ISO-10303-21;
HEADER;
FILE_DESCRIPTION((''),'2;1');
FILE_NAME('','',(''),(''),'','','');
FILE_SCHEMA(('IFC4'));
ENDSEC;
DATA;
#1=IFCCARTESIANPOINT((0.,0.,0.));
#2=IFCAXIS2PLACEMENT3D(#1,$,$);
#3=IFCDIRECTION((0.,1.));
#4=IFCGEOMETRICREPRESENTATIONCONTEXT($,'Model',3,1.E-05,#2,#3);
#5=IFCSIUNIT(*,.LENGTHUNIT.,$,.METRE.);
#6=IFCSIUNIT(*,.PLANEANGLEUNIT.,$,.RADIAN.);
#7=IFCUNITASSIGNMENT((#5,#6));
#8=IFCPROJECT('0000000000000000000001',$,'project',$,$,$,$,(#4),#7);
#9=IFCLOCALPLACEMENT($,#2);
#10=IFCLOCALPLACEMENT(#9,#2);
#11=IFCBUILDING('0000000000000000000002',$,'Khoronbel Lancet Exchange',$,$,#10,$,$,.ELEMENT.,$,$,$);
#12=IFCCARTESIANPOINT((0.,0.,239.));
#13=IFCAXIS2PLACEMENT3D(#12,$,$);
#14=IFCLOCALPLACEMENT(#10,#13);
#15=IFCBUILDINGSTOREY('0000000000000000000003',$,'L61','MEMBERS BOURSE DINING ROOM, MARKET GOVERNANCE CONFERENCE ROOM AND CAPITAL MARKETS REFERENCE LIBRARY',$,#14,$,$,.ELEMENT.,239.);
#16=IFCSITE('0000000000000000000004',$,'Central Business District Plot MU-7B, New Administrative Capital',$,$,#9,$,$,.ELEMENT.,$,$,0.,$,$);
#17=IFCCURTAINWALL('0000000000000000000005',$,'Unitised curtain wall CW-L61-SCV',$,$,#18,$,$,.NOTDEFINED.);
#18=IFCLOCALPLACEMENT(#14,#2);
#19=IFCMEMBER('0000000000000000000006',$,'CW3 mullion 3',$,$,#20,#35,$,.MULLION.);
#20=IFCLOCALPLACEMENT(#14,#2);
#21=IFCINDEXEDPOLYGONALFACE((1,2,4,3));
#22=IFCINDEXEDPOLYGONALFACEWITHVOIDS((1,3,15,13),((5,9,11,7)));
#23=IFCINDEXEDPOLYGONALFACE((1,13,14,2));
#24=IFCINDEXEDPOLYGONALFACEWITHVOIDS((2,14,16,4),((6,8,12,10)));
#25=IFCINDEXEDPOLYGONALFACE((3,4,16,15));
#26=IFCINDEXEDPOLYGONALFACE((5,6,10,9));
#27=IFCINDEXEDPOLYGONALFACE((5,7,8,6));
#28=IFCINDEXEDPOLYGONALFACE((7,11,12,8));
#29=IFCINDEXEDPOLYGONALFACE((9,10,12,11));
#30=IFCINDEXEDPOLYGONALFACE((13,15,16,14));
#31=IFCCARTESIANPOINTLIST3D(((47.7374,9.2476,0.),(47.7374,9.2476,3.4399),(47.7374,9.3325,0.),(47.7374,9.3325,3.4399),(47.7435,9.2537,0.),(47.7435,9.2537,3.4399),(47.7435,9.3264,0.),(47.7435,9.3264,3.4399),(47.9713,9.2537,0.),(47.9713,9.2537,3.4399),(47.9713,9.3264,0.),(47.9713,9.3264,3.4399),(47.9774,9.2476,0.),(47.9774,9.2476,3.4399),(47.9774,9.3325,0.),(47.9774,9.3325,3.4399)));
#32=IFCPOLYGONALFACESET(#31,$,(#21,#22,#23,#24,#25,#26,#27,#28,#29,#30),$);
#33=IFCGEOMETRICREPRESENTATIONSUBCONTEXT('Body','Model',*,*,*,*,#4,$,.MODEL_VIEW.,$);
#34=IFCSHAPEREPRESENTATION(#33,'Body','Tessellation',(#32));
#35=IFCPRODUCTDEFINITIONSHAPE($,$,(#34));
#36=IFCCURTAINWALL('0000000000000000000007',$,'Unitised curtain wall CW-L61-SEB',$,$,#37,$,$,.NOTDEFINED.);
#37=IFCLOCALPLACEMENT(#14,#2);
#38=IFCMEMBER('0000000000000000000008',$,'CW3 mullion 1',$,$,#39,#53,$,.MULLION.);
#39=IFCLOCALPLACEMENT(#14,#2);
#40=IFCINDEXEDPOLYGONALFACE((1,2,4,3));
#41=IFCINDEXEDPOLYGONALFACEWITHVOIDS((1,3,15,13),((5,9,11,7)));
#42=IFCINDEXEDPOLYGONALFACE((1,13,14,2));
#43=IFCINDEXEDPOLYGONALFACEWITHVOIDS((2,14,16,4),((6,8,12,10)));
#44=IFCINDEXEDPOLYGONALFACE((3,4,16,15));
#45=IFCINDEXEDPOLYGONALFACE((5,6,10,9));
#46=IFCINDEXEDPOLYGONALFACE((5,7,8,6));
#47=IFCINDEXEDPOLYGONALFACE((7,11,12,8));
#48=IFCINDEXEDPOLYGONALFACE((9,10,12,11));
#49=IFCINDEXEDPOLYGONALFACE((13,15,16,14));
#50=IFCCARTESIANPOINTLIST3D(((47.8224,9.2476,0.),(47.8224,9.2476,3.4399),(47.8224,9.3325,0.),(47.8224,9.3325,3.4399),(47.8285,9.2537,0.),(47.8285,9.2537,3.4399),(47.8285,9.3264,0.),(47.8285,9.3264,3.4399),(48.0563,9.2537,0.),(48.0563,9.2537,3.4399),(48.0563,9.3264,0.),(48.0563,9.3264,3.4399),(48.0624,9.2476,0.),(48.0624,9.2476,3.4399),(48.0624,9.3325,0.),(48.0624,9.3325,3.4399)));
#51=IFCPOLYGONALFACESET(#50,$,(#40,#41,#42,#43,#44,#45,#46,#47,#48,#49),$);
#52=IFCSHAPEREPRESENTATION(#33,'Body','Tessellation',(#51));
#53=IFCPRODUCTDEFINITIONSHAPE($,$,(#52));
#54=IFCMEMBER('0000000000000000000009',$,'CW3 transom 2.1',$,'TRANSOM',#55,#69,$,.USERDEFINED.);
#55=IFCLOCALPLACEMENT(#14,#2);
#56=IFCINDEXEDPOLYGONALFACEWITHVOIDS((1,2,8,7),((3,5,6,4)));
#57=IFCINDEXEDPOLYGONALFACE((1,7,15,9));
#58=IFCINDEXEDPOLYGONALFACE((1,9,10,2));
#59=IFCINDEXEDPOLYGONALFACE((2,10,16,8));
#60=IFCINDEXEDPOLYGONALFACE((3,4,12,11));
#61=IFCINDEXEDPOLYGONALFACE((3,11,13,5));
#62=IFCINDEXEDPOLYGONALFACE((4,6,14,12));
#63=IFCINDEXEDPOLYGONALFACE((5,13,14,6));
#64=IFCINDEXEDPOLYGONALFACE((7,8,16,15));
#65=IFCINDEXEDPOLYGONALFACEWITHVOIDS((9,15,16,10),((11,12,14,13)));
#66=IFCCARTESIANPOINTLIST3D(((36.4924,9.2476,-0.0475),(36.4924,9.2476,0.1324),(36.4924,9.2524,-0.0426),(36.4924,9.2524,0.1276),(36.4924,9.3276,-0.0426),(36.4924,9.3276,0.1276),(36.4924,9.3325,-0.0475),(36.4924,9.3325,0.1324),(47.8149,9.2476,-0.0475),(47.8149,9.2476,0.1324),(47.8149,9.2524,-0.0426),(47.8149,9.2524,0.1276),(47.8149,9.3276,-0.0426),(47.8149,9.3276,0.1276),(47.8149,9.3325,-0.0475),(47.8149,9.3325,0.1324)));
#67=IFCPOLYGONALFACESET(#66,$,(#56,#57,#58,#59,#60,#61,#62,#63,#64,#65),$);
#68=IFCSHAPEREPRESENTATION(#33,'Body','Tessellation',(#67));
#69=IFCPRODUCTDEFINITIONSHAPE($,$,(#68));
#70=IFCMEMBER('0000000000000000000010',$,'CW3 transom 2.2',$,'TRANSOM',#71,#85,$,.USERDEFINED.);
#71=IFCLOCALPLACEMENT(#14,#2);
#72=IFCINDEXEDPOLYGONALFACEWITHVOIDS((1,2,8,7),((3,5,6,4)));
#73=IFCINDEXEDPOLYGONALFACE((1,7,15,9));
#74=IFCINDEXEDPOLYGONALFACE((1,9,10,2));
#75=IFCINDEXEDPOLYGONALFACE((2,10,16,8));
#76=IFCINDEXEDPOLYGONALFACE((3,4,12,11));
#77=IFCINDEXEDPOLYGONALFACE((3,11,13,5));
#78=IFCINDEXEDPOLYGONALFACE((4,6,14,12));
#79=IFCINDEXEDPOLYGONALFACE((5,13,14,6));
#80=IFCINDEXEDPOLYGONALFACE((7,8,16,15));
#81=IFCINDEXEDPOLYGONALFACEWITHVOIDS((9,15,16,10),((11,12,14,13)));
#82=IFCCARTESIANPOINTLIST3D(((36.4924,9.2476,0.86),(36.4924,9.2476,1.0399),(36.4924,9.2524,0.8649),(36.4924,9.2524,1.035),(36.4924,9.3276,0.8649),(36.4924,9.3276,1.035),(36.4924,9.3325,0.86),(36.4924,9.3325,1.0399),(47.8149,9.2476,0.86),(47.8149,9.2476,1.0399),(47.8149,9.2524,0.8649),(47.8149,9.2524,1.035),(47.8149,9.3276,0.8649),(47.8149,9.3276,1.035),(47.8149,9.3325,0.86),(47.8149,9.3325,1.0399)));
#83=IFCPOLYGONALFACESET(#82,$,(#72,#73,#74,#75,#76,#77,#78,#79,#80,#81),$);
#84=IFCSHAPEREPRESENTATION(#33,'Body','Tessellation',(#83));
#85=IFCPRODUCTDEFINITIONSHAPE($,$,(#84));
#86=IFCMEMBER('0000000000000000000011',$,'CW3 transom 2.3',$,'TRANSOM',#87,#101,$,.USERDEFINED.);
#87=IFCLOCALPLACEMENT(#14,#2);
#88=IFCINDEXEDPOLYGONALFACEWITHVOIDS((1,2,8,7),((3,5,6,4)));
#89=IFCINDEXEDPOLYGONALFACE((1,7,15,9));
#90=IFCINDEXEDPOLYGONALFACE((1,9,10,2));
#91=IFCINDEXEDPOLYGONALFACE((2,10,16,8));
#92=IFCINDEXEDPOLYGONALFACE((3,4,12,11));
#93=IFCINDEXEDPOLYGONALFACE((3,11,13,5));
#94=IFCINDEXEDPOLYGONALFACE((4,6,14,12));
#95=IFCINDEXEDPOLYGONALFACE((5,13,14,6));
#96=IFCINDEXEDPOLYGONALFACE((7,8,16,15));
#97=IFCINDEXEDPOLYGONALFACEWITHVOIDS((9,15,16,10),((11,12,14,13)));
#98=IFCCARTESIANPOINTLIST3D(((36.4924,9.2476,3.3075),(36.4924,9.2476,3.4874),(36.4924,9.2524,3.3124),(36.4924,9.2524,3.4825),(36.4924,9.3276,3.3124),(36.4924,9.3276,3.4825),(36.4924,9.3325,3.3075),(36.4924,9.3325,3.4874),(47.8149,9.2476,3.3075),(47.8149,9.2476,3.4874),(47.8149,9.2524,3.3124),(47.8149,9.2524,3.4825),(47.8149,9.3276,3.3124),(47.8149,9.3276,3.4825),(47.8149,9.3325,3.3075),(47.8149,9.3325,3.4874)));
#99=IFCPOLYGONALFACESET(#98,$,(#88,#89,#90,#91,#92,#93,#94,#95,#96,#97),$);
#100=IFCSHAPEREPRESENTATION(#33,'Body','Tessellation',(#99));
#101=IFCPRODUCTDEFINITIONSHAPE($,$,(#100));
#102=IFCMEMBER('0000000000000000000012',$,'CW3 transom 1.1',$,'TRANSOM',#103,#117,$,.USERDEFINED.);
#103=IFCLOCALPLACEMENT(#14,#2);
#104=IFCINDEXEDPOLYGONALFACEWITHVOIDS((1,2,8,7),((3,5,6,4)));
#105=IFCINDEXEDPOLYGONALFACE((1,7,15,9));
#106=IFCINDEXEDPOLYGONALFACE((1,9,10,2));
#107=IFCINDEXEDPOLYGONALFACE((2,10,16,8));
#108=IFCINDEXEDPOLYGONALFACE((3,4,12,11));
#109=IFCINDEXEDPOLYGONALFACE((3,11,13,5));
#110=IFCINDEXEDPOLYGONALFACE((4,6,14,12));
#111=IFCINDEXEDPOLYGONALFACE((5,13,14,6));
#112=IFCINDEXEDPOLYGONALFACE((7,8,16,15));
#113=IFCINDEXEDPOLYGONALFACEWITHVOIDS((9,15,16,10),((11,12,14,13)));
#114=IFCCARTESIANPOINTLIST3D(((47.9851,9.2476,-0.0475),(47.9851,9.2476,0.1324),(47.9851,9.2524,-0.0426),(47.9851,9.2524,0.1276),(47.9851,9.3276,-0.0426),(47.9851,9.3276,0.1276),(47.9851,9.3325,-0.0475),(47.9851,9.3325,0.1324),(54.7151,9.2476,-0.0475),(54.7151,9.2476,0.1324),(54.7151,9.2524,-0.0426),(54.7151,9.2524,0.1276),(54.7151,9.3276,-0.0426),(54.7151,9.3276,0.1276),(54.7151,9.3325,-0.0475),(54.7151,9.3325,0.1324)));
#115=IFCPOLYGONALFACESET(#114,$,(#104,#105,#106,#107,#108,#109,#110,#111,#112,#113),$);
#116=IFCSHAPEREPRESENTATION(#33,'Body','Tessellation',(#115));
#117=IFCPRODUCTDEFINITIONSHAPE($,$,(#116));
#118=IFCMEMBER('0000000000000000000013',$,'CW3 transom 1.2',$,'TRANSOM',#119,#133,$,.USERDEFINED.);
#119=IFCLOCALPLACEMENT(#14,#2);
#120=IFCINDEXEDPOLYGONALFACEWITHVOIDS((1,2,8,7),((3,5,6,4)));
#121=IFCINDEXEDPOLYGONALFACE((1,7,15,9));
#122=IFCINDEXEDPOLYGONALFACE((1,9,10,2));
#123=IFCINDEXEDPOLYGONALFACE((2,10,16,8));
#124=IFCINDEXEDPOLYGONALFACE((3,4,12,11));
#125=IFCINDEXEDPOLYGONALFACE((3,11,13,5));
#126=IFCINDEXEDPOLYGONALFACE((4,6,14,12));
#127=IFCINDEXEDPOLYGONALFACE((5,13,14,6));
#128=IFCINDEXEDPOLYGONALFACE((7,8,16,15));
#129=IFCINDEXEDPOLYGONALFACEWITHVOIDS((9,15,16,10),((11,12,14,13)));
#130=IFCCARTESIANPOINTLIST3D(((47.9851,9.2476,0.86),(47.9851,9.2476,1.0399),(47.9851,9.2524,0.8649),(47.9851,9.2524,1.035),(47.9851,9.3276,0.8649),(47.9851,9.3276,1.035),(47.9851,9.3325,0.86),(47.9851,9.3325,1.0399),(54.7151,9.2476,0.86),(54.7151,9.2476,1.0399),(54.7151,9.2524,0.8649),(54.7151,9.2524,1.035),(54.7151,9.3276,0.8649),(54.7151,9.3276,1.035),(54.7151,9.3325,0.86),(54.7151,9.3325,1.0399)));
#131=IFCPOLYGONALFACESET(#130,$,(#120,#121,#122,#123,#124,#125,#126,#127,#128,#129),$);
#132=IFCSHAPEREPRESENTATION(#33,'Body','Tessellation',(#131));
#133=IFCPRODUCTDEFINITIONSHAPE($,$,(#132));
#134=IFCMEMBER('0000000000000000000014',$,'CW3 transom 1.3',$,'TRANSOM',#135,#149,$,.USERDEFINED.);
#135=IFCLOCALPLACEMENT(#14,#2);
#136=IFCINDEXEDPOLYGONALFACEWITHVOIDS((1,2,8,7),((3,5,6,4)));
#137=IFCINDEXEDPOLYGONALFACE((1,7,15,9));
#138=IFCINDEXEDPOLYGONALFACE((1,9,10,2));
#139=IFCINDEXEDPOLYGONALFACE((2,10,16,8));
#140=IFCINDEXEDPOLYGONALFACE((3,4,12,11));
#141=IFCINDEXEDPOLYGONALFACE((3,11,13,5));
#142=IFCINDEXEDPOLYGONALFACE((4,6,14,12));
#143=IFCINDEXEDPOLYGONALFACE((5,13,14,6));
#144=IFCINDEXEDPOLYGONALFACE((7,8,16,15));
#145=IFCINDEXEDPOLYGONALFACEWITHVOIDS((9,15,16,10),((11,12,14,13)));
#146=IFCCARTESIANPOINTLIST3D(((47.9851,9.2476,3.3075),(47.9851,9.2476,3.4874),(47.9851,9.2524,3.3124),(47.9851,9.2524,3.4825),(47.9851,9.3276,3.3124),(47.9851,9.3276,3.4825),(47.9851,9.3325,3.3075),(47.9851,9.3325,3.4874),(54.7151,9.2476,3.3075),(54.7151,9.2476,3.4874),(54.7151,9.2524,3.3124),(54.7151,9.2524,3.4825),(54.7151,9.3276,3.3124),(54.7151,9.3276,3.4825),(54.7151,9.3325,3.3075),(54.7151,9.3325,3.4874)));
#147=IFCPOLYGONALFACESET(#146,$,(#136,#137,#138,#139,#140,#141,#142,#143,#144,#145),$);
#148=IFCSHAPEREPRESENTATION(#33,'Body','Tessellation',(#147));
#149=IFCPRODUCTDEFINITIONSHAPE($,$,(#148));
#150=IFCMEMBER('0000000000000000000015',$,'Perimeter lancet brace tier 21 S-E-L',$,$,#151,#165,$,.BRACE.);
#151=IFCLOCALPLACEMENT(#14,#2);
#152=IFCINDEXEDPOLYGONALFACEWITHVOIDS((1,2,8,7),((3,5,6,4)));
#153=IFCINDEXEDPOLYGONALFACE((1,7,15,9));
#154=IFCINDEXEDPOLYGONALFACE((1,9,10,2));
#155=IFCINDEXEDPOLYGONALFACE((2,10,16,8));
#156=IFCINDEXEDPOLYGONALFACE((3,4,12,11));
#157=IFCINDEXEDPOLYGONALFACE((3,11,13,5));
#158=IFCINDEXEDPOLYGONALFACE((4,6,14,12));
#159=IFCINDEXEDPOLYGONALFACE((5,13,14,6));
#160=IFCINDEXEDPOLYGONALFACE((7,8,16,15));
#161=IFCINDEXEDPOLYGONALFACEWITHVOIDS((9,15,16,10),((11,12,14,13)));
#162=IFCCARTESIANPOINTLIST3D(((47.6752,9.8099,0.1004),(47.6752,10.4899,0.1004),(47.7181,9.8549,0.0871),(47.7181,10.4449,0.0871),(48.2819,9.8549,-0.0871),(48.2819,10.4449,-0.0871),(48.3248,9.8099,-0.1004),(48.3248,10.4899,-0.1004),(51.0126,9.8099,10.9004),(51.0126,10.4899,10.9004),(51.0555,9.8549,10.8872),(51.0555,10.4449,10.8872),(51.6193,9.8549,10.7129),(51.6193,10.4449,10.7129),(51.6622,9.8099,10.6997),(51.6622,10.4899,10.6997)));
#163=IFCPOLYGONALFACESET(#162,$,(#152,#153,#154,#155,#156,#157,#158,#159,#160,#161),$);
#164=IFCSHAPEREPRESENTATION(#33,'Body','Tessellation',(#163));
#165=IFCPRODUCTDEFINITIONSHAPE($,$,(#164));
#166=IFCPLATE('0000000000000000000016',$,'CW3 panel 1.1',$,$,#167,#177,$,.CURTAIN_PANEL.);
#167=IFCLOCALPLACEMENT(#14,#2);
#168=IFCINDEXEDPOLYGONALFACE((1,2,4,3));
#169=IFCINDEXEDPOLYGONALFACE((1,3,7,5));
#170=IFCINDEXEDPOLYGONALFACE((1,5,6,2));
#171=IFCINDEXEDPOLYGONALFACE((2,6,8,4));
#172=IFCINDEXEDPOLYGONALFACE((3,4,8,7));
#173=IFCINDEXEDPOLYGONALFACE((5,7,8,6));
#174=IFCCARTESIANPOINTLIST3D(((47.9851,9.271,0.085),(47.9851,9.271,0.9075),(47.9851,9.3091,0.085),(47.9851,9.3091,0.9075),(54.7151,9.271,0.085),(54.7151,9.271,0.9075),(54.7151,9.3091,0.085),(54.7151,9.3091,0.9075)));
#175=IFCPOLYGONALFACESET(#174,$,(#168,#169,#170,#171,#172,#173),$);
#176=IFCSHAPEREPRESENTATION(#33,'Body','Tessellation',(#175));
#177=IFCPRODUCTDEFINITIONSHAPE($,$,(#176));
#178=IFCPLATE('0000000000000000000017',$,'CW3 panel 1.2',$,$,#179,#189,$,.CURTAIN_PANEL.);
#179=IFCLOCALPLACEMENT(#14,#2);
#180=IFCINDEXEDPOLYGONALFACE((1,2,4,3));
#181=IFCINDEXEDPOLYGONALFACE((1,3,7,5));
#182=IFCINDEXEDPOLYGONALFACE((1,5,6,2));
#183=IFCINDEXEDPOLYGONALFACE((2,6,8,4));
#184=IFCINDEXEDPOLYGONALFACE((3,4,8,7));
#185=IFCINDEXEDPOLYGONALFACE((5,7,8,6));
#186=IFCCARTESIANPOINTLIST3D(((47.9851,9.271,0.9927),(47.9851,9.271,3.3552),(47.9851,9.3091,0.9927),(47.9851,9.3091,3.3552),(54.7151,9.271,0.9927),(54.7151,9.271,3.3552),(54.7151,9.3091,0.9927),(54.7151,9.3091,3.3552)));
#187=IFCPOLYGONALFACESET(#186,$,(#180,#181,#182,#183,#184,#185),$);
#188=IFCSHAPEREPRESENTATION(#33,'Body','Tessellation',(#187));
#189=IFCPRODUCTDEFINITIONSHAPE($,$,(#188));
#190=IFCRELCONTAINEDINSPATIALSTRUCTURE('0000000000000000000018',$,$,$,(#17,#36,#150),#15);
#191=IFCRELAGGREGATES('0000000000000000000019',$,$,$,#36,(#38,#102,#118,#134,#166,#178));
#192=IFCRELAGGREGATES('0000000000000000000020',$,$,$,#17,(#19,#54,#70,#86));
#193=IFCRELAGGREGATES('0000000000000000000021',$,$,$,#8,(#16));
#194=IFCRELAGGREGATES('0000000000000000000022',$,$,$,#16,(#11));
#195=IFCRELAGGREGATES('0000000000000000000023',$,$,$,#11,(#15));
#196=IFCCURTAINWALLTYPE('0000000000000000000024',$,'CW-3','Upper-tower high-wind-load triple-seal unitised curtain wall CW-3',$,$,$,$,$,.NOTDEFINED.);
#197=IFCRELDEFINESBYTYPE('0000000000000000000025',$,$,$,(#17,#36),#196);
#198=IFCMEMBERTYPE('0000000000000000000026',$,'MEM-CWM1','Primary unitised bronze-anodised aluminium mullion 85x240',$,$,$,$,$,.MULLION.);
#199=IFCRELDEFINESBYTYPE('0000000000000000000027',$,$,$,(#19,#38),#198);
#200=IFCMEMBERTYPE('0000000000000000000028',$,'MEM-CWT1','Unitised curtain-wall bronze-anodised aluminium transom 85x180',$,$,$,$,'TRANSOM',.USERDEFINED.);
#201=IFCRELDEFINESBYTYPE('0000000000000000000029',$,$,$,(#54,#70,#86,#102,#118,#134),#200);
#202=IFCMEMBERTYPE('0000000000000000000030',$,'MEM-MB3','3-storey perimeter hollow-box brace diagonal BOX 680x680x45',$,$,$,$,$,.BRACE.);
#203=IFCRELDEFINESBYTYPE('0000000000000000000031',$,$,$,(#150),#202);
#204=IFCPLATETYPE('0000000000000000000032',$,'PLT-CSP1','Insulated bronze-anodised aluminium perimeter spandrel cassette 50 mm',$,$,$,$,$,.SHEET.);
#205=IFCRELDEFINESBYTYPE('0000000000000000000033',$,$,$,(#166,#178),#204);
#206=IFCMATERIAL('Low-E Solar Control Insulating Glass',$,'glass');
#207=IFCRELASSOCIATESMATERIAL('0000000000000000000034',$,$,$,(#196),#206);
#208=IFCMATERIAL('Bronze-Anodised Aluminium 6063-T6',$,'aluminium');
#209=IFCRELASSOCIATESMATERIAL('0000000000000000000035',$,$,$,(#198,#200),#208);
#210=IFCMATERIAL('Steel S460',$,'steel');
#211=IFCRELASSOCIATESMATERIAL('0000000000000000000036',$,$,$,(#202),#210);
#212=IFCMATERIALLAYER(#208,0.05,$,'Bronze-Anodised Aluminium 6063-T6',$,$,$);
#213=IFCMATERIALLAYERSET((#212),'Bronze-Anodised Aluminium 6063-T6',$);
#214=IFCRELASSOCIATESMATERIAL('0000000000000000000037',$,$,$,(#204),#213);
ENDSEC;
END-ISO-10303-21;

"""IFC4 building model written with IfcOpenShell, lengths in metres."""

from ifc_helpers import new_model, si_unit, direction, frame, origin, origin_2d, place, context, subcontext, project, spatial, rectangle, hollow_rectangle, extrude, material, layer, layer_set, material_profile, profile_set, type_object, element, aggregate, save


model = new_model("IFC4")

# Units and contexts
model_context = context("Model", 3, precision=1e-05, world=origin(), true_north=direction((0.0, 1.0)))
body_context = subcontext(model_context, "Body", "Model", "MODEL_VIEW")
ifc_project = project(units=[si_unit("LENGTHUNIT", "METRE"), si_unit("PLANEANGLEUNIT", "RADIAN")], contexts=[model_context])

# Site, building, storey
site_placement = place(None, origin())
site = spatial("IfcSite", under=ifc_project, at=site_placement, Name="Central Business District Plot MU-7B, New Administrative Capital", CompositionType="ELEMENT", RefElevation=0.0)
building_placement = place(site_placement, origin())
building = spatial("IfcBuilding", under=site, at=building_placement, Name="Khoronbel Lancet Exchange", CompositionType="ELEMENT")
storey_placement = place(building_placement, frame((0.0, 0.0, 239.0)))
storey = spatial("IfcBuildingStorey", under=building, at=storey_placement, Name="L61", Description="MEMBERS BOURSE DINING ROOM, MARKET GOVERNANCE CONFERENCE ROOM AND CAPITAL MARKETS REFERENCE LIBRARY", CompositionType="ELEMENT", Elevation=239.0)

# Shared definitions
ifc_material_1 = material(Name="Steel S460", Category="steel")

# Curtain wall, member
ifc_material_2 = material(Name="Low-E Solar Control Insulating Glass", Category="glass")
curtain_wall_type = type_object("IfcCurtainWallType", Name="CW-3", Description="Upper-tower high-wind-load triple-seal unitised curtain wall CW-3", PredefinedType="NOTDEFINED", material=ifc_material_2)
curtain_wall_1_placement = place(storey_placement, origin())
curtain_wall_1 = element("IfcCurtainWall", 1, at=curtain_wall_1_placement, inside=storey, type_object=curtain_wall_type, Name="Unitised curtain wall CW-L61-SCV", PredefinedType="NOTDEFINED")
ifc_material_3 = material(Name="Bronze-Anodised Aluminium 6063-T6", Category="aluminium")
ifc_material_profile_1 = material_profile(ifc_material_3, hollow_rectangle(XDim=0.085, YDim=0.24, WallThickness=0.0061, at=origin_2d()), Name="ALU MULLION 85x240")
ifc_profile_set_1 = profile_set([ifc_material_profile_1], Name="Bronze-Anodised Aluminium 6063-T6")
member_type_1 = type_object("IfcMemberType", Name="MEM-CWM1", Description="Primary unitised bronze-anodised aluminium mullion 85x240", PredefinedType="MULLION", material=ifc_profile_set_1)
member_1_placement = place(storey_placement, frame((47.8574, 9.29, 0.0), z_axis=(0.0, 0.0, 1.0), x_axis=(0.0, 1.0, 0.0)))
member_1 = element("IfcMember", 2, at=member_1_placement, type_object=member_type_1, Name="CW3 mullion 3", PredefinedType="MULLION", context=body_context, shape_type="SweptSolid", body=[
    extrude(hollow_rectangle(XDim=0.085, YDim=0.24, WallThickness=0.0061, at=origin_2d()), origin(), (0.0, 0.0, 1.0), 3.4399),
])

# Curtain wall, member
curtain_wall_2_placement = place(storey_placement, origin())
curtain_wall_2 = element("IfcCurtainWall", 3, at=curtain_wall_2_placement, inside=storey, type_object=curtain_wall_type, Name="Unitised curtain wall CW-L61-SEB", PredefinedType="NOTDEFINED")
member_2_placement = place(storey_placement, frame((47.9424, 9.29, 0.0), z_axis=(0.0, 0.0, 1.0), x_axis=(0.0, 1.0, 0.0)))
member_2 = element("IfcMember", 4, at=member_2_placement, type_object=member_type_1, Name="CW3 mullion 1", PredefinedType="MULLION", context=body_context, shape_type="SweptSolid", body=[
    extrude(hollow_rectangle(XDim=0.085, YDim=0.24, WallThickness=0.0061, at=origin_2d()), origin(), (0.0, 0.0, 1.0), 3.4399),
])

# Members
ifc_material_profile_2 = material_profile(ifc_material_3, hollow_rectangle(XDim=0.085, YDim=0.1799, WallThickness=0.0049, at=origin_2d()), Name="ALU TRANSOM 85x180")
ifc_profile_set_2 = profile_set([ifc_material_profile_2], Name="Bronze-Anodised Aluminium 6063-T6")
member_type_2 = type_object("IfcMemberType", Name="MEM-CWT1", Description="Unitised curtain-wall bronze-anodised aluminium transom 85x180", ElementType="TRANSOM", PredefinedType="USERDEFINED", material=ifc_profile_set_2)
member_3_placement = place(storey_placement, frame((36.4924, 9.29, 0.0425), z_axis=(1.0, 0.0, 0.0), x_axis=(0.0, 1.0, 0.0)))
member_3 = element("IfcMember", 5, at=member_3_placement, type_object=member_type_2, Name="CW3 transom 2.1", ObjectType="TRANSOM", PredefinedType="USERDEFINED", context=body_context, shape_type="SweptSolid", body=[
    extrude(hollow_rectangle(XDim=0.085, YDim=0.1799, WallThickness=0.0049, at=origin_2d()), origin(), (0.0, 0.0, 1.0), 11.3225),
])
member_4_placement = place(storey_placement, frame((36.4924, 9.29, 0.95), z_axis=(1.0, 0.0, 0.0), x_axis=(0.0, 1.0, 0.0)))
member_4 = element("IfcMember", 6, at=member_4_placement, type_object=member_type_2, Name="CW3 transom 2.2", ObjectType="TRANSOM", PredefinedType="USERDEFINED", context=body_context, shape_type="SweptSolid", body=[
    extrude(hollow_rectangle(XDim=0.085, YDim=0.1799, WallThickness=0.0049, at=origin_2d()), origin(), (0.0, 0.0, 1.0), 11.3225),
])
member_5_placement = place(storey_placement, frame((36.4924, 9.29, 3.3975), z_axis=(1.0, 0.0, 0.0), x_axis=(0.0, 1.0, 0.0)))
member_5 = element("IfcMember", 7, at=member_5_placement, type_object=member_type_2, Name="CW3 transom 2.3", ObjectType="TRANSOM", PredefinedType="USERDEFINED", context=body_context, shape_type="SweptSolid", body=[
    extrude(hollow_rectangle(XDim=0.085, YDim=0.1799, WallThickness=0.0049, at=origin_2d()), origin(), (0.0, 0.0, 1.0), 11.3225),
])
member_6_placement = place(storey_placement, frame((47.9851, 9.29, 0.0425), z_axis=(1.0, 0.0, 0.0), x_axis=(0.0, 1.0, 0.0)))
member_6 = element("IfcMember", 8, at=member_6_placement, type_object=member_type_2, Name="CW3 transom 1.1", ObjectType="TRANSOM", PredefinedType="USERDEFINED", context=body_context, shape_type="SweptSolid", body=[
    extrude(hollow_rectangle(XDim=0.085, YDim=0.1799, WallThickness=0.0049, at=origin_2d()), origin(), (0.0, 0.0, 1.0), 6.73),
])
member_7_placement = place(storey_placement, frame((47.9851, 9.29, 0.95), z_axis=(1.0, 0.0, 0.0), x_axis=(0.0, 1.0, 0.0)))
member_7 = element("IfcMember", 9, at=member_7_placement, type_object=member_type_2, Name="CW3 transom 1.2", ObjectType="TRANSOM", PredefinedType="USERDEFINED", context=body_context, shape_type="SweptSolid", body=[
    extrude(hollow_rectangle(XDim=0.085, YDim=0.1799, WallThickness=0.0049, at=origin_2d()), origin(), (0.0, 0.0, 1.0), 6.73),
])
member_8_placement = place(storey_placement, frame((47.9851, 9.29, 3.3975), z_axis=(1.0, 0.0, 0.0), x_axis=(0.0, 1.0, 0.0)))
member_8 = element("IfcMember", 10, at=member_8_placement, type_object=member_type_2, Name="CW3 transom 1.3", ObjectType="TRANSOM", PredefinedType="USERDEFINED", context=body_context, shape_type="SweptSolid", body=[
    extrude(hollow_rectangle(XDim=0.085, YDim=0.1799, WallThickness=0.0049, at=origin_2d()), origin(), (0.0, 0.0, 1.0), 6.73),
])
ifc_material_profile_3 = material_profile(ifc_material_1, hollow_rectangle(XDim=0.6799, YDim=0.6799, WallThickness=0.0449, at=origin_2d()), Name="BOX 680x680x45")
ifc_profile_set_3 = profile_set([ifc_material_profile_3], Name="Steel S460")
member_type_3 = type_object("IfcMemberType", Name="MEM-MB3", Description="3-storey perimeter hollow-box brace diagonal BOX 680x680x45", PredefinedType="BRACE", material=ifc_profile_set_3)
member_9_placement = place(storey_placement, frame((48.0, 10.1499, 0.0), z_axis=(0.295242, 0.0, 0.955422), x_axis=(0.0, 1.0, 0.0)))
element("IfcMember", 11, at=member_9_placement, inside=storey, type_object=member_type_3, Name="Perimeter lancet brace tier 21 S-E-L", PredefinedType="BRACE", context=body_context, shape_type="SweptSolid", body=[
    extrude(hollow_rectangle(XDim=0.6799, YDim=0.6799, WallThickness=0.0449, at=origin_2d()), origin(), (0.0, 0.0, 1.0), 11.304),
])

# Plates
ifc_layer_1 = layer(ifc_material_3, 0.05, Name="Bronze-Anodised Aluminium 6063-T6")
ifc_layer_set_1 = layer_set([ifc_layer_1], Name="Bronze-Anodised Aluminium 6063-T6")
plate_type_1 = type_object("IfcPlateType", Name="PLT-CSP1", Description="Insulated bronze-anodised aluminium perimeter spandrel cassette 50 mm", PredefinedType="SHEET", material=ifc_layer_set_1)
plate_1_placement = place(storey_placement, frame((51.3501, 9.29, 0.085), z_axis=(0.0, 0.0, 1.0), x_axis=(1.0, 0.0, 0.0)))
plate_1 = element("IfcPlate", 12, at=plate_1_placement, type_object=plate_type_1, Name="CW3 panel 1.1", PredefinedType="CURTAIN_PANEL", context=body_context, shape_type="SweptSolid", body=[
    extrude(rectangle(XDim=6.73, YDim=0.0381, at=origin_2d()), origin(), (0.0, 0.0, 1.0), 0.8225),
])
plate_2_placement = place(storey_placement, frame((51.3501, 9.29, 0.9927), z_axis=(0.0, 0.0, 1.0), x_axis=(1.0, 0.0, 0.0)))
plate_2 = element("IfcPlate", 13, at=plate_2_placement, type_object=plate_type_1, Name="CW3 panel 1.2", PredefinedType="CURTAIN_PANEL", context=body_context, shape_type="SweptSolid", body=[
    extrude(rectangle(XDim=6.73, YDim=0.0381, at=origin_2d()), origin(), (0.0, 0.0, 1.0), 2.3625),
])
aggregate(curtain_wall_2, [member_2, member_6, member_7, member_8, plate_1, plate_2])
aggregate(curtain_wall_1, [member_1, member_3, member_4, member_5])

save(model, "model.ifc")
